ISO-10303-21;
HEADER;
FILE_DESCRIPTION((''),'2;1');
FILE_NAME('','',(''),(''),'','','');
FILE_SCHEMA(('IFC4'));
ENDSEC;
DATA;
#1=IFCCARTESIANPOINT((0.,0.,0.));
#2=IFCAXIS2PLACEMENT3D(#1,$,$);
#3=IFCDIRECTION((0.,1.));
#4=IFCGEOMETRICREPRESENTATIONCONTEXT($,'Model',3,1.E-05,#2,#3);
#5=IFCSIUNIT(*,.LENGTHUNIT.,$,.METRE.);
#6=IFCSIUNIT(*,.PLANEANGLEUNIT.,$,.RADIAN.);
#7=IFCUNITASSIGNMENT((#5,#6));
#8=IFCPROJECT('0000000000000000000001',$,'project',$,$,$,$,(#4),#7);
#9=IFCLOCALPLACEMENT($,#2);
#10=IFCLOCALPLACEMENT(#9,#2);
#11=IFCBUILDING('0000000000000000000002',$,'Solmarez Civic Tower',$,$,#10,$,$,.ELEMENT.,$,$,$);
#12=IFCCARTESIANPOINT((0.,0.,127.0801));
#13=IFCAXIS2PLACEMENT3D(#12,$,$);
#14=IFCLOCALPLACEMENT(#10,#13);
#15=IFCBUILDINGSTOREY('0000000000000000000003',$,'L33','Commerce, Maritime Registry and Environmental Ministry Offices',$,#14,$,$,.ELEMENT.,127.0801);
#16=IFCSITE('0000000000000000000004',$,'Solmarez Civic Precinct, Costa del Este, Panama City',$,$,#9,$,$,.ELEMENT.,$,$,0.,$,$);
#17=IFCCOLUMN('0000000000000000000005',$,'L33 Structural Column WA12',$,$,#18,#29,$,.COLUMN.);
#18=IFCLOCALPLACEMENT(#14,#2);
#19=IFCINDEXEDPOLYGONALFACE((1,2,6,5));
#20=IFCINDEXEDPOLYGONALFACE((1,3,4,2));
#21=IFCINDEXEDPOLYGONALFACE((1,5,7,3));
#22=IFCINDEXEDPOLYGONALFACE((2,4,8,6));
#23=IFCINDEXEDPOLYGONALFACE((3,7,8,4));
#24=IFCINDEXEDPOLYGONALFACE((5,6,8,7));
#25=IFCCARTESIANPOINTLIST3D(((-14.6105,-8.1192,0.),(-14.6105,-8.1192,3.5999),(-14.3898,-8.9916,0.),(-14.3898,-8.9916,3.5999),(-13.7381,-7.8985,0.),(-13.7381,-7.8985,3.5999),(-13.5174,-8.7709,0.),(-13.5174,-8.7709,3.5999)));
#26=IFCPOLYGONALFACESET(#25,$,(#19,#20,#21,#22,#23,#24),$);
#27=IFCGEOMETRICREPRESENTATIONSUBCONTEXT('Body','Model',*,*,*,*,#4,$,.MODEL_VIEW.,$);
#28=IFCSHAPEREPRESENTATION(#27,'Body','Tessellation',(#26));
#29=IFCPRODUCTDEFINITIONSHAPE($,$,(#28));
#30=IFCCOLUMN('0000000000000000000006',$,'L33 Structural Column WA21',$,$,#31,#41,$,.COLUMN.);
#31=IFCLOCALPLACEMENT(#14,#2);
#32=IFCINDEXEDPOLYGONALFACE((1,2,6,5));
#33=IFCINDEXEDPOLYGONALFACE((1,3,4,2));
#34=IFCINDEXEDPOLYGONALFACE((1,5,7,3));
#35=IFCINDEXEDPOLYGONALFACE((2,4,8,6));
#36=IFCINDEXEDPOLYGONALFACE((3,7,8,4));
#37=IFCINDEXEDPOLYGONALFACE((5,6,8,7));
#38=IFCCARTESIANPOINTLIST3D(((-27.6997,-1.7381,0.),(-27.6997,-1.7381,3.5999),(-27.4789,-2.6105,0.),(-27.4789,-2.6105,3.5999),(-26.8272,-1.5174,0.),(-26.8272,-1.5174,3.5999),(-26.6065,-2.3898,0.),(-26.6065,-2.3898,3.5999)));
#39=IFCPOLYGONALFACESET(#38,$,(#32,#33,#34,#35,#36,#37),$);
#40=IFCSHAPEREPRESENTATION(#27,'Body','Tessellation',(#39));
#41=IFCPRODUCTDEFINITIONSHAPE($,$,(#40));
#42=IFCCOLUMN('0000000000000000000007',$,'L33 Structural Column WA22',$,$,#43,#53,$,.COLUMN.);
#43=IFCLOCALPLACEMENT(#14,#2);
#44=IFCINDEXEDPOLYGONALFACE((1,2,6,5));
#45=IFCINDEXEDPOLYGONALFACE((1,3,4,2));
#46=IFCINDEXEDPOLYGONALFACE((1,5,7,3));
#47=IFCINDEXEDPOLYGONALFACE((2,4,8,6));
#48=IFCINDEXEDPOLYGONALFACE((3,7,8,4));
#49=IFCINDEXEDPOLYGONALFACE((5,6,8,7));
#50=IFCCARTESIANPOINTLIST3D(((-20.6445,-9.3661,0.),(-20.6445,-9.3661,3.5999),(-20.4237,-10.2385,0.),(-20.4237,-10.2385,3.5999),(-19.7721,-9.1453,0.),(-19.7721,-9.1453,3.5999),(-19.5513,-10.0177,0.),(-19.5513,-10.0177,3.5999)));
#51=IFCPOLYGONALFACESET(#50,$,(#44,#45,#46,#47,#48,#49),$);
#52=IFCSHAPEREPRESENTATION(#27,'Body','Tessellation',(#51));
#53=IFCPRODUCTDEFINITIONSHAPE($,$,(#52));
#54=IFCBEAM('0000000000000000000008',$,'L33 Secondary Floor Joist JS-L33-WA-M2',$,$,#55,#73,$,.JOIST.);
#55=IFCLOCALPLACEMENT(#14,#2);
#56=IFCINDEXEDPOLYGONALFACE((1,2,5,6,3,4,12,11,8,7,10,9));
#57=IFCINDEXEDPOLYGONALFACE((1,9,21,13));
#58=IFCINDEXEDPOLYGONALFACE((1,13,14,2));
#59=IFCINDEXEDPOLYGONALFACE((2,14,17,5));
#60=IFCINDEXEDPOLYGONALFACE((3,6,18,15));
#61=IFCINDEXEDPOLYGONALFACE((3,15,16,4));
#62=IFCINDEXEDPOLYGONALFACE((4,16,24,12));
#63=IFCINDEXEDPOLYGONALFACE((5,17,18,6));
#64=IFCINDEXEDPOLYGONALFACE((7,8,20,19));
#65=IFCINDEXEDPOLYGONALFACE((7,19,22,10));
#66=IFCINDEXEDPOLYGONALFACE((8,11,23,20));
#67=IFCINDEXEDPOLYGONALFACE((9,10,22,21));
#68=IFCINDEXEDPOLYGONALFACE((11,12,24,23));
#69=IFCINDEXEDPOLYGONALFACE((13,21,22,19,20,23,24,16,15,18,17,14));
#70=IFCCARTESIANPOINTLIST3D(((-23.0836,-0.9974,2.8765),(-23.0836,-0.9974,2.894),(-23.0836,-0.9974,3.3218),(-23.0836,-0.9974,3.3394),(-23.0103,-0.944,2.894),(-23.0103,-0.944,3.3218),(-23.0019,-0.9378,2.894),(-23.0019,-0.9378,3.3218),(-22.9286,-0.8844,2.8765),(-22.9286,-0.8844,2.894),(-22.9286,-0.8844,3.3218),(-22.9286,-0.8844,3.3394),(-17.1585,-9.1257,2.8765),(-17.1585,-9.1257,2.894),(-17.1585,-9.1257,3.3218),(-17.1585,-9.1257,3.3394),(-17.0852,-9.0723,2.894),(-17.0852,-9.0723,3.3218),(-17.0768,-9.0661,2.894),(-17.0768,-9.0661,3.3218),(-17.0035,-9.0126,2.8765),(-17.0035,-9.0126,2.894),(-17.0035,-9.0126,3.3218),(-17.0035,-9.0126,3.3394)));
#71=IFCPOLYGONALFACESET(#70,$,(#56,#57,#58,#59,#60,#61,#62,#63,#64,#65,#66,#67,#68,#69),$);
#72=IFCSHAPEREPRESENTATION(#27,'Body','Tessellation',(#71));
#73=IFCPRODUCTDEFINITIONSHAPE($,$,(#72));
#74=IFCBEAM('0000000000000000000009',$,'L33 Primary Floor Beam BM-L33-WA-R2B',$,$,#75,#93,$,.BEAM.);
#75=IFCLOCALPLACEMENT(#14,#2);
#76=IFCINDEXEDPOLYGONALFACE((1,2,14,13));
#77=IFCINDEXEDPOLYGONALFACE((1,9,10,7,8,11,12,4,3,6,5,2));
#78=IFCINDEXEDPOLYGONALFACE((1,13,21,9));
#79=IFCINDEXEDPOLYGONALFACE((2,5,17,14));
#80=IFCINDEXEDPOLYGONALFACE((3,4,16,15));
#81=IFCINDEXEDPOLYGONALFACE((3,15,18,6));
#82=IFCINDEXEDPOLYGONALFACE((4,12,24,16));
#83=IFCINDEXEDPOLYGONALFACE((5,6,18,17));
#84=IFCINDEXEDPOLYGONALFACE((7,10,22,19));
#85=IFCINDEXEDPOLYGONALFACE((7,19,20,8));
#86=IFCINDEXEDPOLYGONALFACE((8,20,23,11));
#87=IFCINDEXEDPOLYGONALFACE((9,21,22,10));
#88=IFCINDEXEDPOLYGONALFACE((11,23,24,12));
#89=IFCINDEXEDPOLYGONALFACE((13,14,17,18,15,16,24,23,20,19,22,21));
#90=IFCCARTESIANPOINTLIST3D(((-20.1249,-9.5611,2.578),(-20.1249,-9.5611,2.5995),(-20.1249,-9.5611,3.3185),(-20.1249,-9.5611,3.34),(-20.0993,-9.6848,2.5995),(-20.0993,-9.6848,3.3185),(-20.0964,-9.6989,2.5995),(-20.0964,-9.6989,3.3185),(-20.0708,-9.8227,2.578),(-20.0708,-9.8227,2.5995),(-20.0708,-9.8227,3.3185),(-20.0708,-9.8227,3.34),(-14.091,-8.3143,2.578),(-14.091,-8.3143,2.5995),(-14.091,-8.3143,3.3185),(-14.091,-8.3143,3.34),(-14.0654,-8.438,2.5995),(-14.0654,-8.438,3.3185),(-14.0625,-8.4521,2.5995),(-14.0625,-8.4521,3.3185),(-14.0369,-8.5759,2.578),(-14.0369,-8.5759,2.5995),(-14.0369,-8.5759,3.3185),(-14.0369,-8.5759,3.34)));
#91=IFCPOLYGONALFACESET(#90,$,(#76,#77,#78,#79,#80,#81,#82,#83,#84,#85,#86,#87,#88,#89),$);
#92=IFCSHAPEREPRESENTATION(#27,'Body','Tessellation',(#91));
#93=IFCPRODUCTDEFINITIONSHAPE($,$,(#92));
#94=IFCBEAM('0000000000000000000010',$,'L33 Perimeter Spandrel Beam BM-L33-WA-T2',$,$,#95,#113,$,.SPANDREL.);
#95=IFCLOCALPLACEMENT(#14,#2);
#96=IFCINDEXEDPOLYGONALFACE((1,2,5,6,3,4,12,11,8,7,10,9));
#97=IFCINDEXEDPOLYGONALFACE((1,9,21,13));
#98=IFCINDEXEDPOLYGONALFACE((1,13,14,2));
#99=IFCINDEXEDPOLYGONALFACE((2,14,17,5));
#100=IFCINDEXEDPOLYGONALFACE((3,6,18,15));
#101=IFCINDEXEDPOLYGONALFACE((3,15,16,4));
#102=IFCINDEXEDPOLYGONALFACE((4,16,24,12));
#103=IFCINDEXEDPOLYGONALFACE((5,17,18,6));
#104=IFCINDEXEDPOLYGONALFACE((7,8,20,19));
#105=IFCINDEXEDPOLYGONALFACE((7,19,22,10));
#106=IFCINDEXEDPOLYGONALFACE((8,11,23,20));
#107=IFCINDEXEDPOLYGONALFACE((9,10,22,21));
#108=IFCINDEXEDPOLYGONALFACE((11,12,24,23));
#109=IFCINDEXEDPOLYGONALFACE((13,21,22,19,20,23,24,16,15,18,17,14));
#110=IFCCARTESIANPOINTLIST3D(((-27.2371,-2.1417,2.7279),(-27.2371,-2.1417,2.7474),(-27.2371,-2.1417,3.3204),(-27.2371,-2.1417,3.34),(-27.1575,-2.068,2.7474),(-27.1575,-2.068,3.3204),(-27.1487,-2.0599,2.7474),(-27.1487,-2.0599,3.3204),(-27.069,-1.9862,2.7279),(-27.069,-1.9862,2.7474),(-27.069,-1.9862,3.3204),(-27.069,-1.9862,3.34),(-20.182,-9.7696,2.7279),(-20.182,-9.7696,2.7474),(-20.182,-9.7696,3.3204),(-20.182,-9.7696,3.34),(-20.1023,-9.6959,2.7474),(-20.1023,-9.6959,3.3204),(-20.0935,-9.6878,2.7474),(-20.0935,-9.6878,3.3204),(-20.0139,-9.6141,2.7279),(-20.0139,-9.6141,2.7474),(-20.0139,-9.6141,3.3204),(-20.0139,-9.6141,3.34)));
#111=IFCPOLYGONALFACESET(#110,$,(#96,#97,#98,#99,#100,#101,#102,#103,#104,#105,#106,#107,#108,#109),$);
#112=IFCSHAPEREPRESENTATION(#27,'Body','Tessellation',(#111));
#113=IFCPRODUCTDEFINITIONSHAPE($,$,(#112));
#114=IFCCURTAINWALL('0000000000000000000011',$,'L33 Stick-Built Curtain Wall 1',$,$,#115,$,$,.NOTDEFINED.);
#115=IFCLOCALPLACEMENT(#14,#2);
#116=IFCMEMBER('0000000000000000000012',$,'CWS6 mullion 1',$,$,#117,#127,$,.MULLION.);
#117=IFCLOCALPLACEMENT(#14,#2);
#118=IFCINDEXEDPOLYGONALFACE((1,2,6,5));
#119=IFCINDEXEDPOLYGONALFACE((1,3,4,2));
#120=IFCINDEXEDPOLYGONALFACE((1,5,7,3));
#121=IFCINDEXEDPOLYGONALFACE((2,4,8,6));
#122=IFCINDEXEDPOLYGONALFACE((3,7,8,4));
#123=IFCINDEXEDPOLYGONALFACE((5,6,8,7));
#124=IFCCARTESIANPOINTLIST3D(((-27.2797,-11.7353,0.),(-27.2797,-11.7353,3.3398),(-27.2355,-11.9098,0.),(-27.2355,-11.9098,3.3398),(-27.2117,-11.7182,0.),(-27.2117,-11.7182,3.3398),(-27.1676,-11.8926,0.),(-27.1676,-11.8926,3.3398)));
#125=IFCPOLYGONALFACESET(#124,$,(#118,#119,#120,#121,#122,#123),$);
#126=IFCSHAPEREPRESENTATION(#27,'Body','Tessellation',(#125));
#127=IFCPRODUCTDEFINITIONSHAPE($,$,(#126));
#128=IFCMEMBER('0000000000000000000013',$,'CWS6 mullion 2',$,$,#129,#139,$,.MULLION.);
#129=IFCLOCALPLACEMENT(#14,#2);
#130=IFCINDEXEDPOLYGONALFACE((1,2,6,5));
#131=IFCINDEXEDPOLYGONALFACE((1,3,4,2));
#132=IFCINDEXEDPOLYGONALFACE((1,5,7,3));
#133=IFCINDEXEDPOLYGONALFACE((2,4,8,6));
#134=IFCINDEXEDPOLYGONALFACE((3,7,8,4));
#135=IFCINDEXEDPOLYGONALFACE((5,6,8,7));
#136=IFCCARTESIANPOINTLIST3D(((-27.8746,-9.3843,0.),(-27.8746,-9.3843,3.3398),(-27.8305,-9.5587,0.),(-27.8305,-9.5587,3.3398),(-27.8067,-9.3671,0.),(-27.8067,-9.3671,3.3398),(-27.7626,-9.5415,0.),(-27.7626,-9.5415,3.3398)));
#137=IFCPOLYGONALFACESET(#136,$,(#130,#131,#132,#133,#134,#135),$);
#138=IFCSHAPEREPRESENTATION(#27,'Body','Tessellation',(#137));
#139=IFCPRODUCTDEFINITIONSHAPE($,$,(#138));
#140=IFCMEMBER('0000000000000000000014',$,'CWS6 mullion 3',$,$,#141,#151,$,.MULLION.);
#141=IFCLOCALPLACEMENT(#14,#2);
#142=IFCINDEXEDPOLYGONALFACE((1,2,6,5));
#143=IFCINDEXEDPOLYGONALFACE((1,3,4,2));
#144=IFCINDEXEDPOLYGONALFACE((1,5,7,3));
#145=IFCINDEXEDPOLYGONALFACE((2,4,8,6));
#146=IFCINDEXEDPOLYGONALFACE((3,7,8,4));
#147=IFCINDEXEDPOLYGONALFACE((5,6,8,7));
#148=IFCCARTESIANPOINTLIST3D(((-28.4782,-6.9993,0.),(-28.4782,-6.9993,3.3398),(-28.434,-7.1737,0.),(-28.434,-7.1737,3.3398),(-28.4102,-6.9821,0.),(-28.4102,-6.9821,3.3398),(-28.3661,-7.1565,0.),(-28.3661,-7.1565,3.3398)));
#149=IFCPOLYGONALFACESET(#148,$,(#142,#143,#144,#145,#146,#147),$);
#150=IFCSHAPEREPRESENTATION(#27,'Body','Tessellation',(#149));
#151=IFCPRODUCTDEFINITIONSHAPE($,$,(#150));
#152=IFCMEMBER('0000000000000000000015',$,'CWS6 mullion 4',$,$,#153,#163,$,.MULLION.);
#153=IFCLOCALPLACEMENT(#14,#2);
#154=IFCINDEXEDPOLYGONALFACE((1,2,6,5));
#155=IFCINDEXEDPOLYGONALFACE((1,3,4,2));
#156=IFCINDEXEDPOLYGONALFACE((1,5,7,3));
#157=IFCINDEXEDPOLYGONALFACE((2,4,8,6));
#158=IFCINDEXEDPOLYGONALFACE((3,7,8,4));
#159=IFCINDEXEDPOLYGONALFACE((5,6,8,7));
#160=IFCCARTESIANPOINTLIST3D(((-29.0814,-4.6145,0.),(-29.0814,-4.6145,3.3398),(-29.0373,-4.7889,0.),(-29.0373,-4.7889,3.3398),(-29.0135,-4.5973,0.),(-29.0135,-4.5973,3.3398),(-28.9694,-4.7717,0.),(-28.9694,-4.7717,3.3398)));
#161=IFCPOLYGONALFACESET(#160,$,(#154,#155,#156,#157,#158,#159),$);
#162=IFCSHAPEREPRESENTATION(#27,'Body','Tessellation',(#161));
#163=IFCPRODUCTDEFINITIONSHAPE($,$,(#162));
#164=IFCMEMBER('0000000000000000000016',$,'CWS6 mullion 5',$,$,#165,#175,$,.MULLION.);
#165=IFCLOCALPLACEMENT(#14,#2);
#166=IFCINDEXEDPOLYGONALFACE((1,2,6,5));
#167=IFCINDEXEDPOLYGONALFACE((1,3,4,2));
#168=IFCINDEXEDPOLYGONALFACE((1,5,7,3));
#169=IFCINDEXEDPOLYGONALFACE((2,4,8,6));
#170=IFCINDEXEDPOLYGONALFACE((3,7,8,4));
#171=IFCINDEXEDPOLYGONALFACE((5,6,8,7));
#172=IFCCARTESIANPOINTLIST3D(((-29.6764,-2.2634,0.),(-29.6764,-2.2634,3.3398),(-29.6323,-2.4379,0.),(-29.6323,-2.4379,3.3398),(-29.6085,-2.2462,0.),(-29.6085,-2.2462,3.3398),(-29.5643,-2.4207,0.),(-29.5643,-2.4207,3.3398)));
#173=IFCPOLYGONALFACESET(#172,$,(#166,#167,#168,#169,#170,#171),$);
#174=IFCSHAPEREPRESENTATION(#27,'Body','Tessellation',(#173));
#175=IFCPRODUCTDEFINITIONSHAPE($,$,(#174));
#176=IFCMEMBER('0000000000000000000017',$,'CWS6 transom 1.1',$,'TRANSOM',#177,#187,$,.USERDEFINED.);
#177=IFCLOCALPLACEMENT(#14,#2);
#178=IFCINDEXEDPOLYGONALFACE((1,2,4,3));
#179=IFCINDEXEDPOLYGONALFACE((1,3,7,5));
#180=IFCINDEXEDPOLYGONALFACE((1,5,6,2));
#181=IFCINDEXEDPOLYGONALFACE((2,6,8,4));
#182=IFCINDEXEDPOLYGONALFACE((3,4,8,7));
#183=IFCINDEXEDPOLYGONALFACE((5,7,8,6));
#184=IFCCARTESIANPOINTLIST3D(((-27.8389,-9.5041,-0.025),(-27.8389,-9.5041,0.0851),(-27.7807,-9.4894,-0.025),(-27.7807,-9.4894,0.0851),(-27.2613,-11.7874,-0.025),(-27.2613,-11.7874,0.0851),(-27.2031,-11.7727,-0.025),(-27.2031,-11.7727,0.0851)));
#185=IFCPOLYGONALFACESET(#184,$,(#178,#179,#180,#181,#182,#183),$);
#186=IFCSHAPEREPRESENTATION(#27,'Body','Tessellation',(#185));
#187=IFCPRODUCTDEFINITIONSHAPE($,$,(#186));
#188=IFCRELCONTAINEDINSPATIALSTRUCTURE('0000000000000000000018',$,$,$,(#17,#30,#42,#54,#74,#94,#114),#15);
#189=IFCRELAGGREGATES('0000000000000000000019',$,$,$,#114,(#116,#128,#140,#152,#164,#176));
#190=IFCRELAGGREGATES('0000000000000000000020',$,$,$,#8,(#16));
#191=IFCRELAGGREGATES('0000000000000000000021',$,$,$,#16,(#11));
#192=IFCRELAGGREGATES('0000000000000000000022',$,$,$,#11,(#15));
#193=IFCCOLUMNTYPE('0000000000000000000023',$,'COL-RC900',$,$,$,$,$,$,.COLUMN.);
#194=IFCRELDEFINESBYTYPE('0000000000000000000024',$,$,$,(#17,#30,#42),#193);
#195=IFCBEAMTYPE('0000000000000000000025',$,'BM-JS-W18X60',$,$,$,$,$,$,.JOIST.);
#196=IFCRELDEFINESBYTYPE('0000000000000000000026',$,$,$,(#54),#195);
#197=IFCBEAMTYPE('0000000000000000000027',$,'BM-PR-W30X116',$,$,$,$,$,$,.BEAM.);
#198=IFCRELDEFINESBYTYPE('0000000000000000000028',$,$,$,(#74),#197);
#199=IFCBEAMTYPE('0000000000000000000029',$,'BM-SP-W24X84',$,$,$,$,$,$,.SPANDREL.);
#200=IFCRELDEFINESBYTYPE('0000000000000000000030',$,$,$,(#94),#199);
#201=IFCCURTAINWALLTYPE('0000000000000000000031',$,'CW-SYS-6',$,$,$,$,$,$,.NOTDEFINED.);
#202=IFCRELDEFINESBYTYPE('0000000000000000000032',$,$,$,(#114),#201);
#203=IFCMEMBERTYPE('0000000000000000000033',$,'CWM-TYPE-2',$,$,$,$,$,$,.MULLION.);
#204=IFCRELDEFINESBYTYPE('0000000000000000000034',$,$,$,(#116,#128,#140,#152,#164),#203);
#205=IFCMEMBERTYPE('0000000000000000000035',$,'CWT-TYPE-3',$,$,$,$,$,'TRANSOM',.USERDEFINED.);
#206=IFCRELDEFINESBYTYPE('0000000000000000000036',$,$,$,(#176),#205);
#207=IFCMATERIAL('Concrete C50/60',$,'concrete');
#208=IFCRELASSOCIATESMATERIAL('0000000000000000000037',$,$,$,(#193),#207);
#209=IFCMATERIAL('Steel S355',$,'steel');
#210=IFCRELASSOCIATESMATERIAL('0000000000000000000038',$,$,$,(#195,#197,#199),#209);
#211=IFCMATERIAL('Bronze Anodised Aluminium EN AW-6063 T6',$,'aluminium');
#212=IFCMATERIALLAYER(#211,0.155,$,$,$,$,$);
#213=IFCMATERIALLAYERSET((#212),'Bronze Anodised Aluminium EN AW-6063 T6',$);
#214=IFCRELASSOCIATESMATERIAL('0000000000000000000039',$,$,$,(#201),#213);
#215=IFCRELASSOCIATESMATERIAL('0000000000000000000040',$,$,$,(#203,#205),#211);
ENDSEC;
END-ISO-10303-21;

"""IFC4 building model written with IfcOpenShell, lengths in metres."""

from ifc_helpers import new_model, si_unit, direction, frame, origin, origin_2d, place, context, subcontext, project, spatial, rectangle, i_section, extrude, material, layer, layer_set, material_profile, profile_set, type_object, element, aggregate, save


model = new_model("IFC4")

# Units and contexts
model_context = context("Model", 3, precision=1e-05, world=origin(), true_north=direction((0.0, 1.0)))
body_context = subcontext(model_context, "Body", "Model", "MODEL_VIEW")
ifc_project = project(units=[si_unit("LENGTHUNIT", "METRE"), si_unit("PLANEANGLEUNIT", "RADIAN")], contexts=[model_context])

# Site, building, storey
site_placement = place(None, origin())
site = spatial("IfcSite", under=ifc_project, at=site_placement, Name="Solmarez Civic Precinct, Costa del Este, Panama City", CompositionType="ELEMENT", RefElevation=0.0)
building_placement = place(site_placement, origin())
building = spatial("IfcBuilding", under=site, at=building_placement, Name="Solmarez Civic Tower", CompositionType="ELEMENT")
storey_placement = place(building_placement, frame((0.0, 0.0, 127.0801)))
storey = spatial("IfcBuildingStorey", under=building, at=storey_placement, Name="L33", Description="Commerce, Maritime Registry and Environmental Ministry Offices", CompositionType="ELEMENT", Elevation=127.0801)

# Columns
ifc_material_1 = material(Name="Concrete C50/60", Category="concrete")
ifc_material_profile_1 = material_profile(ifc_material_1, rectangle(XDim=0.8999, YDim=0.8999, at=origin_2d()), Name="RC900X900")
ifc_profile_set_1 = profile_set([ifc_material_profile_1], Name="Concrete C50/60")
column_type = type_object("IfcColumnType", Name="COL-RC900", PredefinedType="COLUMN", material=ifc_profile_set_1)
for number, where, z_axis, x_axis, name in (
    (1, (-14.064, -8.4451, 0.0), (0.0, 0.0, 1.0), (0.969445, 0.245307, 0.0), "L33 Structural Column WA12"),
    (2, (-27.1531, -2.064, 0.0), (0.0, 0.0, 1.0), (0.969445, 0.245307, 0.0), "L33 Structural Column WA21"),
    (3, (-20.0979, -9.6919, 0.0), (0.0, 0.0, 1.0), (0.969445, 0.245307, 0.0), "L33 Structural Column WA22"),
):
    element("IfcColumn", number, at=place(storey_placement, frame(where, z_axis=z_axis, x_axis=x_axis)), inside=storey, type_object=column_type, Name=name, PredefinedType="COLUMN", context=body_context, shape_type="SweptSolid", body=[
        extrude(rectangle(XDim=0.8999, YDim=0.8999, at=origin_2d()), origin(), (0.0, 0.0, 1.0), 3.5999),
    ])

# Beams
ifc_material_2 = material(Name="Steel S355", Category="steel")
ifc_material_profile_2 = material_profile(ifc_material_2, i_section(OverallWidth=0.1919, OverallDepth=0.4629, WebThickness=0.0105, FlangeThickness=0.0176, at=origin_2d()), Name="W18X60")
ifc_profile_set_2 = profile_set([ifc_material_profile_2], Name="Steel S355")
beam_type_1 = type_object("IfcBeamType", Name="BM-JS-W18X60", PredefinedType="JOIST", material=ifc_profile_set_2)
beam_1_placement = place(storey_placement, frame((-23.0061, -0.9409, 3.1079), z_axis=(0.589059, -0.80809, 0.0), x_axis=(0.80809, 0.589059, 0.0)))
element("IfcBeam", 4, at=beam_1_placement, inside=storey, type_object=beam_type_1, Name="L33 Secondary Floor Joist JS-L33-WA-M2", PredefinedType="JOIST", context=body_context, shape_type="SweptSolid", body=[
    extrude(i_section(OverallWidth=0.1919, OverallDepth=0.4629, WebThickness=0.0105, FlangeThickness=0.0176, at=origin_2d()), origin(), (0.0, 0.0, 1.0), 10.0586),
])
ifc_material_profile_3 = material_profile(ifc_material_2, i_section(OverallWidth=0.2671, OverallDepth=0.762, WebThickness=0.0144, FlangeThickness=0.0215, at=origin_2d()), Name="W30X116")
ifc_profile_set_3 = profile_set([ifc_material_profile_3], Name="Steel S355")
beam_type_2 = type_object("IfcBeamType", Name="BM-PR-W30X116", PredefinedType="BEAM", material=ifc_profile_set_3)
beam_2_placement = place(storey_placement, frame((-14.064, -8.4451, 2.959), z_axis=(-0.979311, -0.202361, 0.0), x_axis=(0.202361, -0.979311, 0.0)))
element("IfcBeam", 5, at=beam_2_placement, inside=storey, type_object=beam_type_2, Name="L33 Primary Floor Beam BM-L33-WA-R2B", PredefinedType="BEAM", context=body_context, shape_type="SweptSolid", body=[
    extrude(i_section(OverallWidth=0.2671, OverallDepth=0.762, WebThickness=0.0144, FlangeThickness=0.0215, at=origin_2d()), origin(), (0.0, 0.0, 1.0), 6.1614),
])
ifc_material_profile_4 = material_profile(ifc_material_2, i_section(OverallWidth=0.229, OverallDepth=0.6121, WebThickness=0.012, FlangeThickness=0.0195, at=origin_2d()), Name="W24X84")
ifc_profile_set_4 = profile_set([ifc_material_profile_4], Name="Steel S355")
beam_type_3 = type_object("IfcBeamType", Name="BM-SP-W24X84", PredefinedType="SPANDREL", material=ifc_profile_set_4)
beam_3_placement = place(storey_placement, frame((-27.1531, -2.064, 3.0339), z_axis=(0.679008, -0.734131, 0.0), x_axis=(0.734131, 0.679008, 0.0)))
element("IfcBeam", 6, at=beam_3_placement, inside=storey, type_object=beam_type_3, Name="L33 Perimeter Spandrel Beam BM-L33-WA-T2", PredefinedType="SPANDREL", context=body_context, shape_type="SweptSolid", body=[
    extrude(i_section(OverallWidth=0.229, OverallDepth=0.6121, WebThickness=0.012, FlangeThickness=0.0195, at=origin_2d()), origin(), (0.0, 0.0, 1.0), 10.3904),
])

# Curtain wall, members
ifc_material_3 = material(Name="Bronze Anodised Aluminium EN AW-6063 T6", Category="aluminium")
ifc_layer_1 = layer(ifc_material_3, 0.155)
ifc_layer_set_1 = layer_set([ifc_layer_1], Name="Bronze Anodised Aluminium EN AW-6063 T6")
curtain_wall_type = type_object("IfcCurtainWallType", Name="CW-SYS-6", PredefinedType="NOTDEFINED", material=ifc_layer_set_1)
curtain_wall_placement = place(storey_placement, origin())
curtain_wall = element("IfcCurtainWall", 7, at=curtain_wall_placement, inside=storey, type_object=curtain_wall_type, Name="L33 Stick-Built Curtain Wall 1", PredefinedType="NOTDEFINED")
ifc_material_profile_5 = material_profile(ifc_material_3, rectangle(XDim=0.0701, YDim=0.1799, at=origin_2d()), Name="CWM-70X180")
ifc_profile_set_5 = profile_set([ifc_material_profile_5], Name="Bronze Anodised Aluminium EN AW-6063 T6")
member_type_1 = type_object("IfcMemberType", Name="CWM-TYPE-2", PredefinedType="MULLION", material=ifc_profile_set_5)
member_1_placement = place(storey_placement, frame((-27.2236, -11.814, 0.0), z_axis=(0.0, 0.0, 1.0), x_axis=(-0.969445, -0.245308, 0.0)))
member_1 = element("IfcMember", 8, at=member_1_placement, type_object=member_type_1, Name="CWS6 mullion 1", PredefinedType="MULLION", context=body_context, shape_type="SweptSolid", body=[
    extrude(rectangle(XDim=0.0701, YDim=0.1799, at=origin_2d()), origin(), (0.0, 0.0, 1.0), 3.3398),
])
member_2_placement = place(storey_placement, frame((-27.8186, -9.4629, 0.0), z_axis=(0.0, 0.0, 1.0), x_axis=(-0.969445, -0.245308, 0.0)))
member_2 = element("IfcMember", 9, at=member_2_placement, type_object=member_type_1, Name="CWS6 mullion 2", PredefinedType="MULLION", context=body_context, shape_type="SweptSolid", body=[
    extrude(rectangle(XDim=0.0701, YDim=0.1799, at=origin_2d()), origin(), (0.0, 0.0, 1.0), 3.3398),
])
member_3_placement = place(storey_placement, frame((-28.4221, -7.0779, 0.0), z_axis=(0.0, 0.0, 1.0), x_axis=(-0.969445, -0.245308, 0.0)))
member_3 = element("IfcMember", 10, at=member_3_placement, type_object=member_type_1, Name="CWS6 mullion 3", PredefinedType="MULLION", context=body_context, shape_type="SweptSolid", body=[
    extrude(rectangle(XDim=0.0701, YDim=0.1799, at=origin_2d()), origin(), (0.0, 0.0, 1.0), 3.3398),
])
member_4_placement = place(storey_placement, frame((-29.0254, -4.6931, 0.0), z_axis=(0.0, 0.0, 1.0), x_axis=(-0.969445, -0.245308, 0.0)))
member_4 = element("IfcMember", 11, at=member_4_placement, type_object=member_type_1, Name="CWS6 mullion 4", PredefinedType="MULLION", context=body_context, shape_type="SweptSolid", body=[
    extrude(rectangle(XDim=0.0701, YDim=0.1799, at=origin_2d()), origin(), (0.0, 0.0, 1.0), 3.3398),
])
member_5_placement = place(storey_placement, frame((-29.6204, -2.342, 0.0), z_axis=(0.0, 0.0, 1.0), x_axis=(-0.969445, -0.245308, 0.0)))
member_5 = element("IfcMember", 12, at=member_5_placement, type_object=member_type_1, Name="CWS6 mullion 5", PredefinedType="MULLION", context=body_context, shape_type="SweptSolid", body=[
    extrude(rectangle(XDim=0.0701, YDim=0.1799, at=origin_2d()), origin(), (0.0, 0.0, 1.0), 3.3398),
])
ifc_material_profile_6 = material_profile(ifc_material_3, rectangle(XDim=0.0601, YDim=0.1101, at=origin_2d()), Name="CWT-60X110")
ifc_profile_set_6 = profile_set([ifc_material_profile_6], Name="Bronze Anodised Aluminium EN AW-6063 T6")
member_type_2 = type_object("IfcMemberType", Name="CWT-TYPE-3", ElementType="TRANSOM", PredefinedType="USERDEFINED", material=ifc_profile_set_6)
member_6_placement = place(storey_placement, frame((-27.2322, -11.78, 0.03), z_axis=(-0.245266, 0.969456, 0.0), x_axis=(-0.969456, -0.245266, 0.0)))
member_6 = element("IfcMember", 13, at=member_6_placement, type_object=member_type_2, Name="CWS6 transom 1.1", ObjectType="TRANSOM", PredefinedType="USERDEFINED", context=body_context, shape_type="SweptSolid", body=[
    extrude(rectangle(XDim=0.0601, YDim=0.1101, at=origin_2d()), origin(), (0.0, 0.0, 1.0), 2.3552),
])
aggregate(curtain_wall, [member_1, member_2, member_3, member_4, member_5, member_6])

save(model, "model.ifc")
